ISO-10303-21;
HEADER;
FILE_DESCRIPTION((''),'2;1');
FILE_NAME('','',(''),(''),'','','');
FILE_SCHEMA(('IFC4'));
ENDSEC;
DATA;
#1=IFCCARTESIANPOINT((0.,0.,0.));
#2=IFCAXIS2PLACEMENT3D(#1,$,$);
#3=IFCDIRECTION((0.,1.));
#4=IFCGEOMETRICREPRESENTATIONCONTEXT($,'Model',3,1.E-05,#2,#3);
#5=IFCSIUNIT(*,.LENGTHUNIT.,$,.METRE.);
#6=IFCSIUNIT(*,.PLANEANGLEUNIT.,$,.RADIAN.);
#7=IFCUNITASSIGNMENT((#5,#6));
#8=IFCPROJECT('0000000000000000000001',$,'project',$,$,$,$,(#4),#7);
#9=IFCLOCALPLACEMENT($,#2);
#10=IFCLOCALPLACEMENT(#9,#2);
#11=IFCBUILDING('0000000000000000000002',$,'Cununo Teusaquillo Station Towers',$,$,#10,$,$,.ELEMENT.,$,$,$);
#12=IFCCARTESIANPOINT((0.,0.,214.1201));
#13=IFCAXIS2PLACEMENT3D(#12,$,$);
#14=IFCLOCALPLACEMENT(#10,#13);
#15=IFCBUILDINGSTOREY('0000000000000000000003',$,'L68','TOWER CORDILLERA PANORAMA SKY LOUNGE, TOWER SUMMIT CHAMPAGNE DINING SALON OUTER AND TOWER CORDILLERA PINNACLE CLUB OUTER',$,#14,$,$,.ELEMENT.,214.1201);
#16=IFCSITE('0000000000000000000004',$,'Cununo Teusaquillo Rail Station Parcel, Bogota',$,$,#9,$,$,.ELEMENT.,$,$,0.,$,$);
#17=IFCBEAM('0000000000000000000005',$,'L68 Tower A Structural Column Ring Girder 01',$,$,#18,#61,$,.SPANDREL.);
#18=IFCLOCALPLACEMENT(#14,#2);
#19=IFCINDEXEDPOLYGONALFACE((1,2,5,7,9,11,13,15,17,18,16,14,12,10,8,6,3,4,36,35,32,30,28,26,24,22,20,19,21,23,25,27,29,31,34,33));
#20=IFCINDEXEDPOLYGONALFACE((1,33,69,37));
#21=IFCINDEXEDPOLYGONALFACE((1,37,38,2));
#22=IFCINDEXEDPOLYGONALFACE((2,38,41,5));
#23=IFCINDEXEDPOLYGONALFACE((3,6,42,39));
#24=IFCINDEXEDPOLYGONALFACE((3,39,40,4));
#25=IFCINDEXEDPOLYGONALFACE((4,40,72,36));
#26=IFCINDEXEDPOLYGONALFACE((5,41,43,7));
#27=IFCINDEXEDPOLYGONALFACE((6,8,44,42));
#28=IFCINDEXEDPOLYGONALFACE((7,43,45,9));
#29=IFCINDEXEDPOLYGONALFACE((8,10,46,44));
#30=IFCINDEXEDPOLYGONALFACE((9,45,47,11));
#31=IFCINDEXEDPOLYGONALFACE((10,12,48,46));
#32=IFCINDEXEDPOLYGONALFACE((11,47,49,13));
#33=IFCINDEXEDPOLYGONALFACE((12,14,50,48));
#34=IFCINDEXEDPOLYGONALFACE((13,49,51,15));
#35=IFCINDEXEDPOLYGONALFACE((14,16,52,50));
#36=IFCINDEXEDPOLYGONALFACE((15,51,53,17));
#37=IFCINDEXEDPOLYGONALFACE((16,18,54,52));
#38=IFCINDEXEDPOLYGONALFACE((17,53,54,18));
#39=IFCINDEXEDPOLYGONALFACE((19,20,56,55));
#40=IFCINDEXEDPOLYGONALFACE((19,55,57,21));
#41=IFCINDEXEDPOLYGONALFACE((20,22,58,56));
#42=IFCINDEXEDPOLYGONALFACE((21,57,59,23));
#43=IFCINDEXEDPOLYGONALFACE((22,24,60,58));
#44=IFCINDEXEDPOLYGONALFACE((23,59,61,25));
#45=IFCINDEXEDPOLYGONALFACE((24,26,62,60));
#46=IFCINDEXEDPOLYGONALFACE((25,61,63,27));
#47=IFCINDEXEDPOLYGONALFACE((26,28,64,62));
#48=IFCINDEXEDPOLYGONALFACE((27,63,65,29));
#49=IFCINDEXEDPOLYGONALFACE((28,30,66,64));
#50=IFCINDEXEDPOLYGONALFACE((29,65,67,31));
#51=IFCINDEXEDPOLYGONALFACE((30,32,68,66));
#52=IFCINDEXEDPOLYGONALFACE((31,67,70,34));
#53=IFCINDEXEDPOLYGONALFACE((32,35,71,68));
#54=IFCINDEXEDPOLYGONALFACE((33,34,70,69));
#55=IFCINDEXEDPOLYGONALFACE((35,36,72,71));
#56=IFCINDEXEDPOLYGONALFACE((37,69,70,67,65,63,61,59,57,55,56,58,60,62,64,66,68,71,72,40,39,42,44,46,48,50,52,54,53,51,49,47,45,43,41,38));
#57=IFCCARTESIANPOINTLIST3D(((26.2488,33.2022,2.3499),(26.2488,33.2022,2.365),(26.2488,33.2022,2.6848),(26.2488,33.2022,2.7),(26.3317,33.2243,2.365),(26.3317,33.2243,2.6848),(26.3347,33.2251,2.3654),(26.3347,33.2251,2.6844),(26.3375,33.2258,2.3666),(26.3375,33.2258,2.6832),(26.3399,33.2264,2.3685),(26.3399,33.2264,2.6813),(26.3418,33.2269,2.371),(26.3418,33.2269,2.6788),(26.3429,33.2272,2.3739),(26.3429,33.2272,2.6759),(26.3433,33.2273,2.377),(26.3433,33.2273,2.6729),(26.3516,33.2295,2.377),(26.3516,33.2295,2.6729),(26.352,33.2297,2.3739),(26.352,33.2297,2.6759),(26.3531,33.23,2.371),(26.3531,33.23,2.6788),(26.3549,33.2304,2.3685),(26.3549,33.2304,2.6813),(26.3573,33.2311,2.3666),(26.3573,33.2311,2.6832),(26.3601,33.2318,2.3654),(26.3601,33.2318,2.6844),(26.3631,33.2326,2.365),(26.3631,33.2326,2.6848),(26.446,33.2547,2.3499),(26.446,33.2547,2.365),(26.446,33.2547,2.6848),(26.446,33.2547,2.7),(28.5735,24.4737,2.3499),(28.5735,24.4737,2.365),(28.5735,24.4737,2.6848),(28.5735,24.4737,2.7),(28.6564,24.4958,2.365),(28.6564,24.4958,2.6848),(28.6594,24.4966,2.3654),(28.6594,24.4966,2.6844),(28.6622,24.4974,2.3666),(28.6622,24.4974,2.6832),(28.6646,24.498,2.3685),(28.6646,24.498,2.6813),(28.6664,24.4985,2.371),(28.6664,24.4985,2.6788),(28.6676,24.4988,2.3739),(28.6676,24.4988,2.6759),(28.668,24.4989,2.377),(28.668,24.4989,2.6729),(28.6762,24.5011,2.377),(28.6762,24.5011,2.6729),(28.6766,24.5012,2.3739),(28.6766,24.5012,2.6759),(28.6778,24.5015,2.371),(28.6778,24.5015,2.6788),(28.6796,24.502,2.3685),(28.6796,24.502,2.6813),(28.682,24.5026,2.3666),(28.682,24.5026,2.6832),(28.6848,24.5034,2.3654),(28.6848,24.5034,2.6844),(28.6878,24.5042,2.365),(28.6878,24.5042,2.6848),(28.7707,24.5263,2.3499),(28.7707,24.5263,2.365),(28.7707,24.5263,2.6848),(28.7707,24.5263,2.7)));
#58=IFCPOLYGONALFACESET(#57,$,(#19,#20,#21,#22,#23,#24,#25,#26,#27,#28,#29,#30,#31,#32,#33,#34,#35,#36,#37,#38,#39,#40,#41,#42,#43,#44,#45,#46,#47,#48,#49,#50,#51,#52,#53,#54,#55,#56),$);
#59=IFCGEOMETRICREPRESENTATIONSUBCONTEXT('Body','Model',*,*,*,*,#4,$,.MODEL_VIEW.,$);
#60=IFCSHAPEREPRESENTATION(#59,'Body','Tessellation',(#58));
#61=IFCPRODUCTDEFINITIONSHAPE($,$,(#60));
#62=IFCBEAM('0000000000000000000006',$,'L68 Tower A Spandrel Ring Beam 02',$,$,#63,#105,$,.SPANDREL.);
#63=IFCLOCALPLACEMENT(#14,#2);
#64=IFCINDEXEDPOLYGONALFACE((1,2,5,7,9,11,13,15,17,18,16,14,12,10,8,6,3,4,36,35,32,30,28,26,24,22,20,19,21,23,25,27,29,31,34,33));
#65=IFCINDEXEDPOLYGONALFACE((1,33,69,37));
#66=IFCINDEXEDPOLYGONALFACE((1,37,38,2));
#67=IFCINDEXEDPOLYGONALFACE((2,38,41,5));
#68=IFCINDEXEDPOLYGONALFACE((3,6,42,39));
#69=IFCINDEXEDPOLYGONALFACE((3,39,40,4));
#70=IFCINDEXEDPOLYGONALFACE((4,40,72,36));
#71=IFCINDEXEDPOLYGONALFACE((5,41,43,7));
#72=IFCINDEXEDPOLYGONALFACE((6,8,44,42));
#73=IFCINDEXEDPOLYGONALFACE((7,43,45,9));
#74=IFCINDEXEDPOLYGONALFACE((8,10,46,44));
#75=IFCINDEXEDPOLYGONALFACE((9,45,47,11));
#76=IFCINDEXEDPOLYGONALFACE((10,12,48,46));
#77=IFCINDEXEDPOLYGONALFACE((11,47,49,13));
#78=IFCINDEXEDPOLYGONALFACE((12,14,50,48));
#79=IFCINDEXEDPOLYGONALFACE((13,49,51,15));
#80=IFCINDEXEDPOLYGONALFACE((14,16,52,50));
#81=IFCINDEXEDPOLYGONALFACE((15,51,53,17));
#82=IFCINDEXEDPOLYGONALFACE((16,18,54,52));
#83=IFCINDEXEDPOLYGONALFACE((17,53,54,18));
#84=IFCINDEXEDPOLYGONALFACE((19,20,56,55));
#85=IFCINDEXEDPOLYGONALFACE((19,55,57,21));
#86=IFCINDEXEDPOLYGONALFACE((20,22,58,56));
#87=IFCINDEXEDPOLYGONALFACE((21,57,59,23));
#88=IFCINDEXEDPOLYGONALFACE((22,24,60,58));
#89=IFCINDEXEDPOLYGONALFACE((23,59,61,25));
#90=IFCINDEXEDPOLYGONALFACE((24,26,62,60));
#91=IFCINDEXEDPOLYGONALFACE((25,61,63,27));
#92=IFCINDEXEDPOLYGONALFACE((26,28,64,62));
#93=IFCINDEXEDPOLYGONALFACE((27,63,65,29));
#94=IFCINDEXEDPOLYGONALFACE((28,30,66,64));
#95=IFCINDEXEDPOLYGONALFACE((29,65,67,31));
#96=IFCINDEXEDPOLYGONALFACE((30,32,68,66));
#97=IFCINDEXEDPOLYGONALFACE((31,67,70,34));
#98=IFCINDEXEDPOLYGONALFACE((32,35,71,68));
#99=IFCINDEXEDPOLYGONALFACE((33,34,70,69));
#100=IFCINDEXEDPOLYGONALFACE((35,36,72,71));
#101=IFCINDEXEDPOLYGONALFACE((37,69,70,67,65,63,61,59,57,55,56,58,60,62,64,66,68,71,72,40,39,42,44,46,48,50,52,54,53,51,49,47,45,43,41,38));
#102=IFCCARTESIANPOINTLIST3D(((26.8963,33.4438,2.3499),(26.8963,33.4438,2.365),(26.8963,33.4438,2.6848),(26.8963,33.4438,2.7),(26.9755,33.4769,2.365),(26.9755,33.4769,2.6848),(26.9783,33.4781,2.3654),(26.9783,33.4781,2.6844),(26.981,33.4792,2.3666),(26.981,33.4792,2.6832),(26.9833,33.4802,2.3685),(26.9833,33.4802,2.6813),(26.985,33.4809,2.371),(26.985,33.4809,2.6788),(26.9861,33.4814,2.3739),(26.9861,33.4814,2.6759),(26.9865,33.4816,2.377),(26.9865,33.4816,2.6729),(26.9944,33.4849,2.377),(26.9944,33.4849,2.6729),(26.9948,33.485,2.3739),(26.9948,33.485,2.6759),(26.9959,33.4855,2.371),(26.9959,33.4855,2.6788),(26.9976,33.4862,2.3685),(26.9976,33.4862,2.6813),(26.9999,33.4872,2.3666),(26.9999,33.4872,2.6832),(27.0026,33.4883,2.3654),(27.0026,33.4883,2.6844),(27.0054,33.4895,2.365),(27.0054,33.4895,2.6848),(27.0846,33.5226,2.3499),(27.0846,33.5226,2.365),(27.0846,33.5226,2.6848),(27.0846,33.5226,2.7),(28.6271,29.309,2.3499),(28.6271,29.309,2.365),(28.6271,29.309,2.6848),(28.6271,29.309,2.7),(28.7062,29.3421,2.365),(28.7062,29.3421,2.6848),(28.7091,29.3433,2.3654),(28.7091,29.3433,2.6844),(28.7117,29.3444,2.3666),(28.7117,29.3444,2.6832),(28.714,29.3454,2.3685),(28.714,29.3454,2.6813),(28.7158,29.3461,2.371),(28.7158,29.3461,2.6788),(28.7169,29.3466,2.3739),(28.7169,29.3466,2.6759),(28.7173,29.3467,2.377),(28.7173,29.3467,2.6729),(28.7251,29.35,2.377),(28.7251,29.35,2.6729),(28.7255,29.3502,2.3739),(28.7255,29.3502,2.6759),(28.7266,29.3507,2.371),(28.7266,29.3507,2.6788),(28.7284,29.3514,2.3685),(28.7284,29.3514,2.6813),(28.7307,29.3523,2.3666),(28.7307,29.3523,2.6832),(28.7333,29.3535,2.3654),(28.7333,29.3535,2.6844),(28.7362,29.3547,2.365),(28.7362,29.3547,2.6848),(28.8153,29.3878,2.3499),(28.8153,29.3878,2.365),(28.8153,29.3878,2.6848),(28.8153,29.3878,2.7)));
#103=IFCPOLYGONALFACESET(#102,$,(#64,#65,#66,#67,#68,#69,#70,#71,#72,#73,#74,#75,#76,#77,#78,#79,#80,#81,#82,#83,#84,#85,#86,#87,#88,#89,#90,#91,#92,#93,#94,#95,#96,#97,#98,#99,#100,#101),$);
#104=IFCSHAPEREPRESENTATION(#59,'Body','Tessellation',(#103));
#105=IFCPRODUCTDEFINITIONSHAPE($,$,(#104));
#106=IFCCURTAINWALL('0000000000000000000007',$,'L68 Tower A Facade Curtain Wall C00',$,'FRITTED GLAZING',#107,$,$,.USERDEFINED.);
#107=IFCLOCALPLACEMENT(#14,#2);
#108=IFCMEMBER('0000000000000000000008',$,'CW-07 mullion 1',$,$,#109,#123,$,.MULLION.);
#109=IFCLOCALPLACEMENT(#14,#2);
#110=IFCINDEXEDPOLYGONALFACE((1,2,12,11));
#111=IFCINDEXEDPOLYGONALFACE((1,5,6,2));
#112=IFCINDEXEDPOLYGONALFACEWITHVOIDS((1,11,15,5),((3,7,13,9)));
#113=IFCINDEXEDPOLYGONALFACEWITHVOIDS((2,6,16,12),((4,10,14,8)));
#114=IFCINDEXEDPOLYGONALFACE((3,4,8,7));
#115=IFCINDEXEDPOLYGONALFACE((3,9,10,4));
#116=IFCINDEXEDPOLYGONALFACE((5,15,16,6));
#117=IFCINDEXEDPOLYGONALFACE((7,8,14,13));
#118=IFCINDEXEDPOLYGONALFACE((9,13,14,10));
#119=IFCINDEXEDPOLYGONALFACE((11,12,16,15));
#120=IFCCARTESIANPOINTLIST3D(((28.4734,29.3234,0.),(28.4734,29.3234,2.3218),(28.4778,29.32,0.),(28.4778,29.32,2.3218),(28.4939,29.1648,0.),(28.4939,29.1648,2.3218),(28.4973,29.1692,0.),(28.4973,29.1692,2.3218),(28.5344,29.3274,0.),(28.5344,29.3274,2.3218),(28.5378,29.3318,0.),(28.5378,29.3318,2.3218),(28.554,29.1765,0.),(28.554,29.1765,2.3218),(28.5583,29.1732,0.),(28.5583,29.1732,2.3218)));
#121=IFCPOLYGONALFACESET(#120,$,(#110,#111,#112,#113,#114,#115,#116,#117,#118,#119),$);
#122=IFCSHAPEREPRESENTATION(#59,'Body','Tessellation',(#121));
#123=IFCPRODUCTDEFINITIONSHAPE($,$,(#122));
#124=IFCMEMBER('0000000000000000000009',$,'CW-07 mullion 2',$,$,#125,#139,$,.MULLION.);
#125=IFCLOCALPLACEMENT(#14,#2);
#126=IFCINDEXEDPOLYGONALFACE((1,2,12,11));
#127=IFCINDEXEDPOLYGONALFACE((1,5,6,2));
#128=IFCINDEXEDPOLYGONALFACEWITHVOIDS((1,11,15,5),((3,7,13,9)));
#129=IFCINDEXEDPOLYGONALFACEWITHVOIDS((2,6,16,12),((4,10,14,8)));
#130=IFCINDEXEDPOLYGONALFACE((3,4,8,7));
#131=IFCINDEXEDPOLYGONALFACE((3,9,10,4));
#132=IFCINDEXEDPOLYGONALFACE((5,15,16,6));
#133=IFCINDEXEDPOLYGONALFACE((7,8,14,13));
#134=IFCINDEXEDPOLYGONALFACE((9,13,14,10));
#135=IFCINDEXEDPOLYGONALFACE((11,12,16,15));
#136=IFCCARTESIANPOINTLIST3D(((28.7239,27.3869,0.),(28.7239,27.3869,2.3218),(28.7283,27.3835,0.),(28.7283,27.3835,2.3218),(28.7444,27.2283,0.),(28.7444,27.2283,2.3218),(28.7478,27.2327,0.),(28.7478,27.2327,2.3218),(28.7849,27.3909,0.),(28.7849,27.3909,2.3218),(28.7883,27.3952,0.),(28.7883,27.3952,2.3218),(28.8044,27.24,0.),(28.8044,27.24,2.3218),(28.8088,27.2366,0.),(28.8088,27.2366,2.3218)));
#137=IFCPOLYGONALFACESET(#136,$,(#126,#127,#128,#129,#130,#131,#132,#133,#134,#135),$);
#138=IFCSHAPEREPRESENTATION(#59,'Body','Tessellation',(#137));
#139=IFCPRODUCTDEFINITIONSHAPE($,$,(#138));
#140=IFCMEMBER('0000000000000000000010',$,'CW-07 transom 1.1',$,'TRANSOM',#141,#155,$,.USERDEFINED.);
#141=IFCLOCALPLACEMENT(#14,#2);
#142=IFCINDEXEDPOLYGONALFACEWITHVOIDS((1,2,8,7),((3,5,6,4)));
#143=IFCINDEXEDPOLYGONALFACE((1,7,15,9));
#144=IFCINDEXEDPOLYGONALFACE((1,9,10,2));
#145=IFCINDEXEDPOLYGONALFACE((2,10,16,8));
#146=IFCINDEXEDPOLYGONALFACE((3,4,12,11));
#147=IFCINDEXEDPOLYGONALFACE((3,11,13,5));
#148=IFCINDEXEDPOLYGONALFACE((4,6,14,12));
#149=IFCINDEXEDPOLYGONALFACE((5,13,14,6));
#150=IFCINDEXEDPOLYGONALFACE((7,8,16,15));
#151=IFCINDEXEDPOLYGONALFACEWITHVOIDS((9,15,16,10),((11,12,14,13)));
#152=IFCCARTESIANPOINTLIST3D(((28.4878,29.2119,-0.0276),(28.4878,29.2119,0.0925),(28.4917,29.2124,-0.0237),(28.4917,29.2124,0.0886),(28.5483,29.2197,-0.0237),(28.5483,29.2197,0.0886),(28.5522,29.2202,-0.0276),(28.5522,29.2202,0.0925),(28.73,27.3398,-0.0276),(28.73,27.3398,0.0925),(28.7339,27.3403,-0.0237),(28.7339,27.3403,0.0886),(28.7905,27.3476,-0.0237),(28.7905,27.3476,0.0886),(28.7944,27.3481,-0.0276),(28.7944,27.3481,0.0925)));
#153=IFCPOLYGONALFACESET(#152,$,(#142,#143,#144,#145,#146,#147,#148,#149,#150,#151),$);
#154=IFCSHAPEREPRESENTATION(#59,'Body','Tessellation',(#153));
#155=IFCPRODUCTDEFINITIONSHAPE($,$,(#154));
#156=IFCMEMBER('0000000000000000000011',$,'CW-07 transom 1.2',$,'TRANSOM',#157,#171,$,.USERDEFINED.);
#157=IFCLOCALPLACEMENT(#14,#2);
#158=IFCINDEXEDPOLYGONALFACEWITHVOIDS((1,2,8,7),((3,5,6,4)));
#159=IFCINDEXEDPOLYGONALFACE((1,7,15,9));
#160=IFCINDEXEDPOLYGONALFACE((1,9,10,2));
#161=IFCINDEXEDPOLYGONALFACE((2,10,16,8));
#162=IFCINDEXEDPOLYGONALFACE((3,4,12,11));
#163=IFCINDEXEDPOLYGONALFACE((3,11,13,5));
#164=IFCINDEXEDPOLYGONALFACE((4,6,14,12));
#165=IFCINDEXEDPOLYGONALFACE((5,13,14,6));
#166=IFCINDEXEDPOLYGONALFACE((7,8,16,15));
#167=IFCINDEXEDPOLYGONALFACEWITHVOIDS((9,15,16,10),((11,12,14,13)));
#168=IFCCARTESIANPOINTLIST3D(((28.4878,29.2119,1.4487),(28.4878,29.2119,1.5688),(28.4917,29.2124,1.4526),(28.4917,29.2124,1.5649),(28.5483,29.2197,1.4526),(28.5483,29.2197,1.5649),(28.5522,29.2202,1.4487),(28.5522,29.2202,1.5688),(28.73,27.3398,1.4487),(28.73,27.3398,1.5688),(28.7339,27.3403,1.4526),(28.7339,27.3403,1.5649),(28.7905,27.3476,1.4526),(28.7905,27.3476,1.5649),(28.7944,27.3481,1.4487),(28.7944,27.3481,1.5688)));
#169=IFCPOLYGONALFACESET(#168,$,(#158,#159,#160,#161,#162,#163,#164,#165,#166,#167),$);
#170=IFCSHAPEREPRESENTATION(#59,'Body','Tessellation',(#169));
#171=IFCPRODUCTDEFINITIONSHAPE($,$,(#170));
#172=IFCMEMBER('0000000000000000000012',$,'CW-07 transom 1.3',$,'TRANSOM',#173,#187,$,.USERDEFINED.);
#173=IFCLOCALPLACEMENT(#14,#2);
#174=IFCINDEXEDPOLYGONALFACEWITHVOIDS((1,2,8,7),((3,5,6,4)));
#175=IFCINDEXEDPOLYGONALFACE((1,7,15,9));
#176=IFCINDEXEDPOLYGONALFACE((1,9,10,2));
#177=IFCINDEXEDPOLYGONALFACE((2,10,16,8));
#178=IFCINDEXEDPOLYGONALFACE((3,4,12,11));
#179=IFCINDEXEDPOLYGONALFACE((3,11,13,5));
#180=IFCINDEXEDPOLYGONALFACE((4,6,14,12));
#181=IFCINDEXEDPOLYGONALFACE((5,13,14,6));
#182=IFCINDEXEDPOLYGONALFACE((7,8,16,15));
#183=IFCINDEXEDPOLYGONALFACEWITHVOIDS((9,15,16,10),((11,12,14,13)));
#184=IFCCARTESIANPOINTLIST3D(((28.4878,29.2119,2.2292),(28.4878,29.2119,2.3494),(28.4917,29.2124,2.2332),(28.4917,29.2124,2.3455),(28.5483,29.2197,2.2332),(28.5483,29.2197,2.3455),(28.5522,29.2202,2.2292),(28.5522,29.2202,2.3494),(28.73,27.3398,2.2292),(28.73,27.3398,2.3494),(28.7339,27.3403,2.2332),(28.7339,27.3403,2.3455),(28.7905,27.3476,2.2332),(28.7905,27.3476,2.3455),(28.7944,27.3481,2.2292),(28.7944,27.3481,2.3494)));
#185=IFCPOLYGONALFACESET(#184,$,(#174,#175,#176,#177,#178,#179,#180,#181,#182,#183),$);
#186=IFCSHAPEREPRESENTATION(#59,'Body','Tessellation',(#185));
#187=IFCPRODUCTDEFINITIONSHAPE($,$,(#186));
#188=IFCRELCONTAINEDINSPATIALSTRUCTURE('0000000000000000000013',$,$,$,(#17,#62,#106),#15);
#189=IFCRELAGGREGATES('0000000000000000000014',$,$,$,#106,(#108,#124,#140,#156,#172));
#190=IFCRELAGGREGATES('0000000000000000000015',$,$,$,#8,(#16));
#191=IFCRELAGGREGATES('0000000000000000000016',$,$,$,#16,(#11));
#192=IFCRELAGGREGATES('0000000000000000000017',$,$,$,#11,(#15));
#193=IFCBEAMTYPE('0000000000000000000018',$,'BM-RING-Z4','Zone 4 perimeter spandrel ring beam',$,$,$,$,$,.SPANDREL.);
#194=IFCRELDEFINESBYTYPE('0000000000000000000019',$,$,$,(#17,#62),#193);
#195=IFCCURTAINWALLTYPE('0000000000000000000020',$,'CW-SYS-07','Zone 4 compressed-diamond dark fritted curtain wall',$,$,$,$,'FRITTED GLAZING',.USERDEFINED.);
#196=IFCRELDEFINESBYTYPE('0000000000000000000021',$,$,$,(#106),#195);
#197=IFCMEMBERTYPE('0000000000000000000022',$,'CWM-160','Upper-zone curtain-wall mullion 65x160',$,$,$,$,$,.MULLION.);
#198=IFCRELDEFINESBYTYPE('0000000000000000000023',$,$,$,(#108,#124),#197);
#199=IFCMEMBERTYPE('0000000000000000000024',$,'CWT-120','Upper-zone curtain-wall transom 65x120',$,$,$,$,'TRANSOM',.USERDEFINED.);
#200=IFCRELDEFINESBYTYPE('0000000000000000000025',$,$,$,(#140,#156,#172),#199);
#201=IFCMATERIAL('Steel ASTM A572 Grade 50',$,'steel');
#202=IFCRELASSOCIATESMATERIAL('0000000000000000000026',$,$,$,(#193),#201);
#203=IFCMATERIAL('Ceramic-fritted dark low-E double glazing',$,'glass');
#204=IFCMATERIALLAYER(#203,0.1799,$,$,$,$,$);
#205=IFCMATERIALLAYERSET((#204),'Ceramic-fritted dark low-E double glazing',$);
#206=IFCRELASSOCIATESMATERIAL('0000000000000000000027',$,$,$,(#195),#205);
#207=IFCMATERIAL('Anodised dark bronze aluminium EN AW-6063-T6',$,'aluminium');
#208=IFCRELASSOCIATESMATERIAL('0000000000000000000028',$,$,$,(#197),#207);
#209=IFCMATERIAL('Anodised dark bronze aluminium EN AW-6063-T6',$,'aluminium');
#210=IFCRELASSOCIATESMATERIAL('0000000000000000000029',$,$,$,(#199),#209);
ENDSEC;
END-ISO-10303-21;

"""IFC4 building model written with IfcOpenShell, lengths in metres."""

from ifc_helpers import new_model, si_unit, direction, frame, origin, origin_2d, place, context, subcontext, project, spatial, hollow_rectangle, i_section, extrude, material, layer, layer_set, material_profile, profile_set, type_object, element, aggregate, save


model = new_model("IFC4")

# Units and contexts
model_context = context("Model", 3, precision=1e-05, world=origin(), true_north=direction((0.0, 1.0)))
body_context = subcontext(model_context, "Body", "Model", "MODEL_VIEW")
ifc_project = project(units=[si_unit("LENGTHUNIT", "METRE"), si_unit("PLANEANGLEUNIT", "RADIAN")], contexts=[model_context])

# Site, building, storey
site_placement = place(None, origin())
site = spatial("IfcSite", under=ifc_project, at=site_placement, Name="Cununo Teusaquillo Rail Station Parcel, Bogota", CompositionType="ELEMENT", RefElevation=0.0)
building_placement = place(site_placement, origin())
building = spatial("IfcBuilding", under=site, at=building_placement, Name="Cununo Teusaquillo Station Towers", CompositionType="ELEMENT")
storey_placement = place(building_placement, frame((0.0, 0.0, 214.1201)))
storey = spatial("IfcBuildingStorey", under=building, at=storey_placement, Name="L68", Description="TOWER CORDILLERA PANORAMA SKY LOUNGE, TOWER SUMMIT CHAMPAGNE DINING SALON OUTER AND TOWER CORDILLERA PINNACLE CLUB OUTER", CompositionType="ELEMENT", Elevation=214.1201)

# Beams
ifc_material_1 = material(Name="Steel ASTM A572 Grade 50", Category="steel")
ifc_material_profile_1 = material_profile(ifc_material_1, i_section(OverallWidth=0.2041, OverallDepth=0.3501, WebThickness=0.0085, FlangeThickness=0.0151, FilletRadius=0.012, at=origin_2d()), Name="W14X48")
ifc_profile_set_1 = profile_set([ifc_material_profile_1], Name="Steel ASTM A572 Grade 50")
beam_type_1 = type_object("IfcBeamType", Name="BM-RING-Z4", Description="Zone 4 perimeter spandrel ring beam", PredefinedType="SPANDREL", material=ifc_profile_set_1)
beam_1_placement = place(storey_placement, frame((28.6721, 24.5, 2.5249), z_axis=(-0.257363, 0.966315, 0.0), x_axis=(-0.966315, -0.257363, 0.0)))
element("IfcBeam", 1, at=beam_1_placement, inside=storey, type_object=beam_type_1, Name="L68 Tower A Structural Column Ring Girder 01", PredefinedType="SPANDREL", context=body_context, shape_type="SweptSolid", body=[
    extrude(i_section(OverallWidth=0.2041, OverallDepth=0.3501, WebThickness=0.0085, FlangeThickness=0.0151, FilletRadius=0.012, at=origin_2d()), origin(), (0.0, 0.0, 1.0), 9.0327),
])
beam_2_placement = place(storey_placement, frame((28.7212, 29.3484, 2.5249), z_axis=(-0.386115, 0.92245, 0.0), x_axis=(-0.92245, -0.386115, 0.0)))
element("IfcBeam", 2, at=beam_2_placement, inside=storey, type_object=beam_type_1, Name="L68 Tower A Spandrel Ring Beam 02", PredefinedType="SPANDREL", context=body_context, shape_type="SweptSolid", body=[
    extrude(i_section(OverallWidth=0.2041, OverallDepth=0.3501, WebThickness=0.0085, FlangeThickness=0.0151, FilletRadius=0.012, at=origin_2d()), origin(), (0.0, 0.0, 1.0), 4.4824),
])

# Curtain wall, members
ifc_material_2 = material(Name="Ceramic-fritted dark low-E double glazing", Category="glass")
ifc_layer_1 = layer(ifc_material_2, 0.1799)
ifc_layer_set_1 = layer_set([ifc_layer_1], Name="Ceramic-fritted dark low-E double glazing")
curtain_wall_type = type_object("IfcCurtainWallType", Name="CW-SYS-07", Description="Zone 4 compressed-diamond dark fritted curtain wall", ElementType="FRITTED GLAZING", PredefinedType="USERDEFINED", material=ifc_layer_set_1)
curtain_wall_placement = place(storey_placement, origin())
curtain_wall = element("IfcCurtainWall", 3, at=curtain_wall_placement, inside=storey, type_object=curtain_wall_type, Name="L68 Tower A Facade Curtain Wall C00", ObjectType="FRITTED GLAZING", PredefinedType="USERDEFINED")
ifc_material_3 = material(Name="Anodised dark bronze aluminium EN AW-6063-T6", Category="aluminium")
ifc_material_profile_2 = material_profile(ifc_material_3, hollow_rectangle(XDim=0.0649, YDim=0.1599, WallThickness=0.0039, at=origin_2d()), Name="CW-MULL-65x160")
ifc_profile_set_2 = profile_set([ifc_material_profile_2], Name="Anodised dark bronze aluminium EN AW-6063-T6")
member_type_1 = type_object("IfcMemberType", Name="CWM-160", Description="Upper-zone curtain-wall mullion 65x160", PredefinedType="MULLION", material=ifc_profile_set_2)
member_1_placement = place(storey_placement, frame((28.5159, 29.2483, 0.0), z_axis=(0.0, 0.0, 1.0), x_axis=(0.991742, 0.128253, 0.0)))
member_1 = element("IfcMember", 4, at=member_1_placement, type_object=member_type_1, Name="CW-07 mullion 1", PredefinedType="MULLION", context=body_context, shape_type="SweptSolid", body=[
    extrude(hollow_rectangle(XDim=0.0649, YDim=0.1599, WallThickness=0.0039, at=origin_2d()), origin(), (0.0, 0.0, 1.0), 2.3218),
])
member_2_placement = place(storey_placement, frame((28.7664, 27.3118, 0.0), z_axis=(0.0, 0.0, 1.0), x_axis=(0.991742, 0.128253, 0.0)))
member_2 = element("IfcMember", 5, at=member_2_placement, type_object=member_type_1, Name="CW-07 mullion 2", PredefinedType="MULLION", context=body_context, shape_type="SweptSolid", body=[
    extrude(hollow_rectangle(XDim=0.0649, YDim=0.1599, WallThickness=0.0039, at=origin_2d()), origin(), (0.0, 0.0, 1.0), 2.3218),
])
ifc_material_4 = material(Name="Anodised dark bronze aluminium EN AW-6063-T6", Category="aluminium")
ifc_material_profile_3 = material_profile(ifc_material_4, hollow_rectangle(XDim=0.0649, YDim=0.1201, WallThickness=0.0039, at=origin_2d()), Name="CW-TRAN-65x120")
ifc_profile_set_3 = profile_set([ifc_material_profile_3], Name="Anodised dark bronze aluminium EN AW-6063-T6")
member_type_2 = type_object("IfcMemberType", Name="CWT-120", Description="Upper-zone curtain-wall transom 65x120", ElementType="TRANSOM", PredefinedType="USERDEFINED", material=ifc_profile_set_3)
member_3_placement = place(storey_placement, frame((28.52, 29.2161, 0.0325), z_axis=(0.1283, -0.991735, 0.0), x_axis=(0.991735, 0.1283, 0.0)))
member_3 = element("IfcMember", 6, at=member_3_placement, type_object=member_type_2, Name="CW-07 transom 1.1", ObjectType="TRANSOM", PredefinedType="USERDEFINED", context=body_context, shape_type="SweptSolid", body=[
    extrude(hollow_rectangle(XDim=0.0649, YDim=0.1201, WallThickness=0.0039, at=origin_2d()), origin(), (0.0, 0.0, 1.0), 1.8877),
])
member_4_placement = place(storey_placement, frame((28.52, 29.2161, 1.5088), z_axis=(0.1283, -0.991735, 0.0), x_axis=(0.991735, 0.1283, 0.0)))
member_4 = element("IfcMember", 7, at=member_4_placement, type_object=member_type_2, Name="CW-07 transom 1.2", ObjectType="TRANSOM", PredefinedType="USERDEFINED", context=body_context, shape_type="SweptSolid", body=[
    extrude(hollow_rectangle(XDim=0.0649, YDim=0.1201, WallThickness=0.0039, at=origin_2d()), origin(), (0.0, 0.0, 1.0), 1.8877),
])
member_5_placement = place(storey_placement, frame((28.52, 29.2161, 2.2893), z_axis=(0.1283, -0.991735, 0.0), x_axis=(0.991735, 0.1283, 0.0)))
member_5 = element("IfcMember", 8, at=member_5_placement, type_object=member_type_2, Name="CW-07 transom 1.3", ObjectType="TRANSOM", PredefinedType="USERDEFINED", context=body_context, shape_type="SweptSolid", body=[
    extrude(hollow_rectangle(XDim=0.0649, YDim=0.1201, WallThickness=0.0039, at=origin_2d()), origin(), (0.0, 0.0, 1.0), 1.8877),
])

aggregate(curtain_wall, [member_1, member_2, member_3, member_4, member_5])

save(model, "model.ifc")
